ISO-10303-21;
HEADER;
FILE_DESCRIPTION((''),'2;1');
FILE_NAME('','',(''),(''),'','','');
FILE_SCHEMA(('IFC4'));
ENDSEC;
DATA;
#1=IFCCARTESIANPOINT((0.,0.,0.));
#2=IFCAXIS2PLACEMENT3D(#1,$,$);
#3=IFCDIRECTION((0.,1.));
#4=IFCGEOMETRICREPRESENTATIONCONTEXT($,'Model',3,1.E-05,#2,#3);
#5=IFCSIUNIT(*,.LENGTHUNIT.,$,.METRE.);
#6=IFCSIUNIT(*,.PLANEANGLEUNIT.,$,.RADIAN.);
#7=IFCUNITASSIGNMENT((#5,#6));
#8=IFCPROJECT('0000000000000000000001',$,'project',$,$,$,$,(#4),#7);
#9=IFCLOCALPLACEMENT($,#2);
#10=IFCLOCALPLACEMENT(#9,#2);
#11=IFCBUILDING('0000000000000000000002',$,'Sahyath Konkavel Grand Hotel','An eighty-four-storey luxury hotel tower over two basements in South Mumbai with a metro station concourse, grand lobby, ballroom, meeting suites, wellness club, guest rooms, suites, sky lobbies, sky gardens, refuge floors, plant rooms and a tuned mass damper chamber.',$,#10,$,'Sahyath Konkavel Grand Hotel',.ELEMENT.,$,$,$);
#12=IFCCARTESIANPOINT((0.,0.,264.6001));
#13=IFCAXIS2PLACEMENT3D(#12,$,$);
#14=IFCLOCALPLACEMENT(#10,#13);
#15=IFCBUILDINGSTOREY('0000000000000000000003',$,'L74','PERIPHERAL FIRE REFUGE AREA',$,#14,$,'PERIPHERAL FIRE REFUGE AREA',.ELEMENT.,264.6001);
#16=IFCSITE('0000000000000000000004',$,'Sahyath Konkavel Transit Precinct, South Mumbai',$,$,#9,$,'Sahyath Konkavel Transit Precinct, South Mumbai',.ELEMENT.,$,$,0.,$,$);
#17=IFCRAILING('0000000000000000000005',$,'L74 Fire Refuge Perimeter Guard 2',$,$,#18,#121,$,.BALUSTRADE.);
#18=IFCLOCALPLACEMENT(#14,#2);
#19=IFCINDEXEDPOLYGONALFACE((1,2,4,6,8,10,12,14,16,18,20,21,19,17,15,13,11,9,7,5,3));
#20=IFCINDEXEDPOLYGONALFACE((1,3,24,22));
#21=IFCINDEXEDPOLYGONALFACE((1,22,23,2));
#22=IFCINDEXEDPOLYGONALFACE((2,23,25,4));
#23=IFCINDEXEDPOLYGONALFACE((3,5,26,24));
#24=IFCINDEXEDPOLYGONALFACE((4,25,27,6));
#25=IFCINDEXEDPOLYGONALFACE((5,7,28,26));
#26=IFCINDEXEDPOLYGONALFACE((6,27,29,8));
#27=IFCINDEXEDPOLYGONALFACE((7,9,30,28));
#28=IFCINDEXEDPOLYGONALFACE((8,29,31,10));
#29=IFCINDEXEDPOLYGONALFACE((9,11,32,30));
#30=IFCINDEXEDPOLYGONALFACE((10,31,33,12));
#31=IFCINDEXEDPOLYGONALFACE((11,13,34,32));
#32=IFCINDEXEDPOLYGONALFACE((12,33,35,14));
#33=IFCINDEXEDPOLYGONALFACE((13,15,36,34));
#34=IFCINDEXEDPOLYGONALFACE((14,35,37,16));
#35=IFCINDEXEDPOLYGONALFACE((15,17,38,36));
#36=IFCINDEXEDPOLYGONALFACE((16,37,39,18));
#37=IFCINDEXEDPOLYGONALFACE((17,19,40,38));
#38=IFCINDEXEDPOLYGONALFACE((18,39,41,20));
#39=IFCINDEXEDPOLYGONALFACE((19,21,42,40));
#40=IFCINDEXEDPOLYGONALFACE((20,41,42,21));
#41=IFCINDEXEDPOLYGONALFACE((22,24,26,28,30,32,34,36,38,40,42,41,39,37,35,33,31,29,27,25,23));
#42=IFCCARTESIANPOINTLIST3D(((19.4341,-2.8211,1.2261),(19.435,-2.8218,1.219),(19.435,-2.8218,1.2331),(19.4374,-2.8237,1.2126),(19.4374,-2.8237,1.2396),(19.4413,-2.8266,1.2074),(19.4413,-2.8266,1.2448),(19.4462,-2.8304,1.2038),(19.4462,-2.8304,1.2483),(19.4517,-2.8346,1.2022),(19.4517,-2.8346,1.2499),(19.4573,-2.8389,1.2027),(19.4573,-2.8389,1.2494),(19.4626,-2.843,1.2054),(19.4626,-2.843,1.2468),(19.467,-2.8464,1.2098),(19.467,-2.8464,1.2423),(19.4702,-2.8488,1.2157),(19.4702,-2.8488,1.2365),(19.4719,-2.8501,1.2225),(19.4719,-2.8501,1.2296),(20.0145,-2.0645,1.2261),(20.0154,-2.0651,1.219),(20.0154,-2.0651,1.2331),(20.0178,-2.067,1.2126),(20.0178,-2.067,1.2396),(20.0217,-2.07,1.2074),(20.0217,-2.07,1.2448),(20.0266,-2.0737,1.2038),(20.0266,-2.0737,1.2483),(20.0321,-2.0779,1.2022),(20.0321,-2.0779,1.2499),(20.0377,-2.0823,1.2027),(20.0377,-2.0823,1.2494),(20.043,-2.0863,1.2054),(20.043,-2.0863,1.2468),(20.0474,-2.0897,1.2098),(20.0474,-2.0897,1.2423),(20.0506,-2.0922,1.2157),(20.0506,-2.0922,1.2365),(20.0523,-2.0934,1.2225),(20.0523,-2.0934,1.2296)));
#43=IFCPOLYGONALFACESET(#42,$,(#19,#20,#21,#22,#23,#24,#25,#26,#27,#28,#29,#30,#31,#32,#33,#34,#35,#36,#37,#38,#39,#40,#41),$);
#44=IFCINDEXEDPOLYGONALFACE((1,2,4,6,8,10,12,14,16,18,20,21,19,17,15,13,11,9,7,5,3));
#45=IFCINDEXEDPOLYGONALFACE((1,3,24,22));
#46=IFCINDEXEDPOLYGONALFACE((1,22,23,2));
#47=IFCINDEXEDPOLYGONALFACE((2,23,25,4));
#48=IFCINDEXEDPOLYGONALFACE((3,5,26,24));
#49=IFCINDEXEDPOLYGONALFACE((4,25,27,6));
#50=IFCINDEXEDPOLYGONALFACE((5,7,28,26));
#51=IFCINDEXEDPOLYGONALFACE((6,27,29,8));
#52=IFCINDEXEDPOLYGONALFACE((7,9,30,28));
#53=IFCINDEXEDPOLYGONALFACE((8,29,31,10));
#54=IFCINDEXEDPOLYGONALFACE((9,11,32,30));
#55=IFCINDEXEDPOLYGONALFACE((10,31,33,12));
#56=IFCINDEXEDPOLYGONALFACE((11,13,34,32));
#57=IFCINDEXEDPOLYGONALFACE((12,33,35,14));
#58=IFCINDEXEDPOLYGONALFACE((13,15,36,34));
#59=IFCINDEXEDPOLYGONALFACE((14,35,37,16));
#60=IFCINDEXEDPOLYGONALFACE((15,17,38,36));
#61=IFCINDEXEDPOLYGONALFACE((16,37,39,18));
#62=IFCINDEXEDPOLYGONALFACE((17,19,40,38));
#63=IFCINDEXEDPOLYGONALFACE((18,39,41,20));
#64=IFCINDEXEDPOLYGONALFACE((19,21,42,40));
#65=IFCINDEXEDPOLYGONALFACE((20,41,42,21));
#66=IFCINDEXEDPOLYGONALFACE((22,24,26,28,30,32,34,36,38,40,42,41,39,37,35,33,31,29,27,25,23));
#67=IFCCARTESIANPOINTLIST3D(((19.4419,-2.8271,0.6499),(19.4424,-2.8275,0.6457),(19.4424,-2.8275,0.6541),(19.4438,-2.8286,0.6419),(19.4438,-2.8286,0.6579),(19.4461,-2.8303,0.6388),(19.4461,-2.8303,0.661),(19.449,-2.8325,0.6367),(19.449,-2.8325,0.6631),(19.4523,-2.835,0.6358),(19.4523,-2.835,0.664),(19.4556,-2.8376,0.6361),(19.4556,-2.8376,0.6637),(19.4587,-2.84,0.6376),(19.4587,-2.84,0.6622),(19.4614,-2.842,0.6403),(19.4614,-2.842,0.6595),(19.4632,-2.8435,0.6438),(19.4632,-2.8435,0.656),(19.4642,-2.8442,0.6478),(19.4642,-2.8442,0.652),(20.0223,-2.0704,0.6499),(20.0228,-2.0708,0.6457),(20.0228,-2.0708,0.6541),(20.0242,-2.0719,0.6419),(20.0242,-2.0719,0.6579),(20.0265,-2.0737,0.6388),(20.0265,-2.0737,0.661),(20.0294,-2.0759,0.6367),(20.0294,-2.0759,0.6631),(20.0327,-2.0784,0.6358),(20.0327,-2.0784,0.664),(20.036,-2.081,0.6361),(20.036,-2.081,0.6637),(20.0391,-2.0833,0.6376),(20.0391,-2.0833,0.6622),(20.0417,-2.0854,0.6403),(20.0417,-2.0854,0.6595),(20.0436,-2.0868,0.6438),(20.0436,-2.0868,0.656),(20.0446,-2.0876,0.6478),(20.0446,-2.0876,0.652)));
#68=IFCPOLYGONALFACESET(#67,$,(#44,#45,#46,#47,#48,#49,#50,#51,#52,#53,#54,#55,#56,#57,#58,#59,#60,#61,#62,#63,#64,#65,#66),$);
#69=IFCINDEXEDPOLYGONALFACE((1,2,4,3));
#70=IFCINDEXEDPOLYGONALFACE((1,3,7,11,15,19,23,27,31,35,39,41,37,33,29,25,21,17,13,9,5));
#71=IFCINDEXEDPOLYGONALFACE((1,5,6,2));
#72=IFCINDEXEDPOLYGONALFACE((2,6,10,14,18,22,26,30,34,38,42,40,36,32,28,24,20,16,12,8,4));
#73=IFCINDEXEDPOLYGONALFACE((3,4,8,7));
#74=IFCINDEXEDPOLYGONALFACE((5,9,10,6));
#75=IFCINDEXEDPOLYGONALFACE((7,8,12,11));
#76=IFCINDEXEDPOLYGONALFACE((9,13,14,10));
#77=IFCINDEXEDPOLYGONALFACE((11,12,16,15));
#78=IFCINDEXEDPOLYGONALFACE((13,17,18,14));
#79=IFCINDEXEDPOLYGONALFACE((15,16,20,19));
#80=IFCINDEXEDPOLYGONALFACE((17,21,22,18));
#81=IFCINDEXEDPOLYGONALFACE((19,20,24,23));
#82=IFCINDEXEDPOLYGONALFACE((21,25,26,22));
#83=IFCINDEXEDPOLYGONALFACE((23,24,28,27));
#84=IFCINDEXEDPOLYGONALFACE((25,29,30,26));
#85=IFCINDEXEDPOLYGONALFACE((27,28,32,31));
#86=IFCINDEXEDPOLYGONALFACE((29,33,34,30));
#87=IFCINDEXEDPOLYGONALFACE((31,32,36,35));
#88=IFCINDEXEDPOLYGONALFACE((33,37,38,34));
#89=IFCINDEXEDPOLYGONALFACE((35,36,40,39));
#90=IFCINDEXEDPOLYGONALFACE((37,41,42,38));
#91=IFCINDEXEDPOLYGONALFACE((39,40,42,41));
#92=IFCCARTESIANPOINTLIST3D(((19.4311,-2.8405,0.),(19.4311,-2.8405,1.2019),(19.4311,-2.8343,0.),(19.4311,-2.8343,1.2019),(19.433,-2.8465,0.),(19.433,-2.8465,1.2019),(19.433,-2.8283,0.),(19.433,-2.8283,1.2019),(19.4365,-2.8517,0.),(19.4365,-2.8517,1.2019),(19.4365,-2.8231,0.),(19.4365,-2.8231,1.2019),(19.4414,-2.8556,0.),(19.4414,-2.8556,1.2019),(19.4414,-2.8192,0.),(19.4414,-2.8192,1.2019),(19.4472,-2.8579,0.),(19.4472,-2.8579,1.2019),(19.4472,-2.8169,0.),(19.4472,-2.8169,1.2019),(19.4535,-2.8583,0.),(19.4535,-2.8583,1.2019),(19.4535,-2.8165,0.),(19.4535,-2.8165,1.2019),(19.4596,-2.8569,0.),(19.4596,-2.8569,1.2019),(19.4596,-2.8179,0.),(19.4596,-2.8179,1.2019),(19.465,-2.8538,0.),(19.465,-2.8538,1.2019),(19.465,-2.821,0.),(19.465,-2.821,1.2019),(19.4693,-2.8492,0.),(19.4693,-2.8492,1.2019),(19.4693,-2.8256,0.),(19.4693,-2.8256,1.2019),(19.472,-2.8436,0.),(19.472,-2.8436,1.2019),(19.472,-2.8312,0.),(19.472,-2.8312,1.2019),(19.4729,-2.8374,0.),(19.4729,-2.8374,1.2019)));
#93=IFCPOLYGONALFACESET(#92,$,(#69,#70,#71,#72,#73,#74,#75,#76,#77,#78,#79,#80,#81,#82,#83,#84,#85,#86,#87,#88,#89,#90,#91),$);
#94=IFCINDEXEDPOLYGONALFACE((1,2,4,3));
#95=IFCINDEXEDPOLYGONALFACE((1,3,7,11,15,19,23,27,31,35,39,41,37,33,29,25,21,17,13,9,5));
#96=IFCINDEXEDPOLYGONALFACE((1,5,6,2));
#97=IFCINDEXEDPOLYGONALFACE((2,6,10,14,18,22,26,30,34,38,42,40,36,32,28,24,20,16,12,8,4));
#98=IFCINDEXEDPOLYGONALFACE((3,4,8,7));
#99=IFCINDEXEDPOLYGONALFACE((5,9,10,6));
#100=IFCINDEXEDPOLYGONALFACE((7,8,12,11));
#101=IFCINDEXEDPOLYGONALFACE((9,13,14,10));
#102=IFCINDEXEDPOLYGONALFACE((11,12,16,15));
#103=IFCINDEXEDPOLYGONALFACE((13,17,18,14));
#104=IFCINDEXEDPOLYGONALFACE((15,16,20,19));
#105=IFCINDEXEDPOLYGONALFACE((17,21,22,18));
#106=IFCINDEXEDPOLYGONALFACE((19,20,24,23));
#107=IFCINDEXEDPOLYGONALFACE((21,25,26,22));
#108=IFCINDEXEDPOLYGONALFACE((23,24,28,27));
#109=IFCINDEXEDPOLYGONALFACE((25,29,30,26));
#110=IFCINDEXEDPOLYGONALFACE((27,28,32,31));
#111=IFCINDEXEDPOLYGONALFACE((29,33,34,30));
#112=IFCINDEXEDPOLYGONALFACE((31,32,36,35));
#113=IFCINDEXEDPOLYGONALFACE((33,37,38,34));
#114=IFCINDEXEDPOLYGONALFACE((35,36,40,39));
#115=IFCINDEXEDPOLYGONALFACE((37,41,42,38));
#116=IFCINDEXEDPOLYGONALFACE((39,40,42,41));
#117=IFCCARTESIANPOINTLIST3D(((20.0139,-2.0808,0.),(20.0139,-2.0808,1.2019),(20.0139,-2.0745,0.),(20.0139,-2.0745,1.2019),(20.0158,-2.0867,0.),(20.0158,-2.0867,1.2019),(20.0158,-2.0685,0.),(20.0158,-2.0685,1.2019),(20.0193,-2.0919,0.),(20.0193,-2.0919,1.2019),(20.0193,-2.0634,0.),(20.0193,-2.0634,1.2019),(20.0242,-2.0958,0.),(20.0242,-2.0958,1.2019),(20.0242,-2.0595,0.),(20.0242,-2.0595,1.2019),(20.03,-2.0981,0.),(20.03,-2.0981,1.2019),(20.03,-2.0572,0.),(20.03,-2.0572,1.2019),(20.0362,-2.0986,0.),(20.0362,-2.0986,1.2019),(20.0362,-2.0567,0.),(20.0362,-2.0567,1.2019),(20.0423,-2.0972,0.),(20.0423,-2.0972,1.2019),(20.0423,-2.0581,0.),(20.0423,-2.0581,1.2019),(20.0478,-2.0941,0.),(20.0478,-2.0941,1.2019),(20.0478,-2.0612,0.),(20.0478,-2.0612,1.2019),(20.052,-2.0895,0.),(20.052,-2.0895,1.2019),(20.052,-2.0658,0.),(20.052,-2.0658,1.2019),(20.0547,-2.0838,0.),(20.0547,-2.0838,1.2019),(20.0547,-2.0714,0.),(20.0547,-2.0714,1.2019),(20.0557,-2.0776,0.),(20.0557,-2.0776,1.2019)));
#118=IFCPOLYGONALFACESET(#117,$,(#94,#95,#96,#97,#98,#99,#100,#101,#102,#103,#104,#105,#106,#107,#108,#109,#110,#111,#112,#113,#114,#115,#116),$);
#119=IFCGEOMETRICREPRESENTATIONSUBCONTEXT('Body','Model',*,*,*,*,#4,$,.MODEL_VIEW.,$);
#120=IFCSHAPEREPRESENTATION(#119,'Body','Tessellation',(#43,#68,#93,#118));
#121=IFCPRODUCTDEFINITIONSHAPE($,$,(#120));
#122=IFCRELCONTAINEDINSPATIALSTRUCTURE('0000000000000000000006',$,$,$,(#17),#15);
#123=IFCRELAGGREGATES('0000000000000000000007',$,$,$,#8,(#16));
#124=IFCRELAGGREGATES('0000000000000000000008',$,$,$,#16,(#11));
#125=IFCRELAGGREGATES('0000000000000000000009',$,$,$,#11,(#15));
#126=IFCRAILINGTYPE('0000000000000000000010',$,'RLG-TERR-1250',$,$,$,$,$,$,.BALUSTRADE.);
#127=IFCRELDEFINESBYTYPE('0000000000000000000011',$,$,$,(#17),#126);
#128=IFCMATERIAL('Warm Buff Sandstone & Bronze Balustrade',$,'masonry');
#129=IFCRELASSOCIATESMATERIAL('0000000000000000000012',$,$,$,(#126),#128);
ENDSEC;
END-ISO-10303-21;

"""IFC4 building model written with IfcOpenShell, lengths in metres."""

from ifc_helpers import new_model, si_unit, direction, frame, origin, origin_2d, place, context, subcontext, project, spatial, circle, extrude, material, type_object, element, save


model = new_model("IFC4")

# Units and contexts
model_context = context("Model", 3, precision=1e-05, world=origin(), true_north=direction((0.0, 1.0)))
body_context = subcontext(model_context, "Body", "Model", "MODEL_VIEW")
ifc_project = project(units=[si_unit("LENGTHUNIT", "METRE"), si_unit("PLANEANGLEUNIT", "RADIAN")], contexts=[model_context])

# Site, building, storey
site_placement = place(None, origin())
site = spatial("IfcSite", under=ifc_project, at=site_placement, Name="Sahyath Konkavel Transit Precinct, South Mumbai", LongName="Sahyath Konkavel Transit Precinct, South Mumbai", CompositionType="ELEMENT", RefElevation=0.0)
building_placement = place(site_placement, origin())
building = spatial("IfcBuilding", under=site, at=building_placement, Name="Sahyath Konkavel Grand Hotel", Description="An eighty-four-storey luxury hotel tower over two basements in South Mumbai with a metro station concourse, grand lobby, ballroom, meeting suites, wellness club, guest rooms, suites, sky lobbies, sky gardens, refuge floors, plant rooms and a tuned mass damper chamber.", LongName="Sahyath Konkavel Grand Hotel", CompositionType="ELEMENT")
storey_placement = place(building_placement, frame((0.0, 0.0, 264.6001)))
storey = spatial("IfcBuildingStorey", under=building, at=storey_placement, Name="L74", Description="PERIPHERAL FIRE REFUGE AREA", LongName="PERIPHERAL FIRE REFUGE AREA", CompositionType="ELEMENT", Elevation=264.6001)

# Railing
ifc_material_1 = material(Name="Warm Buff Sandstone & Bronze Balustrade", Category="masonry")
railing_type = type_object("IfcRailingType", Name="RLG-TERR-1250", PredefinedType="BALUSTRADE", material=ifc_material_1)
railing_1_placement = place(storey_placement, frame((19.4519, -2.8374, 0.0)))
element("IfcRailing", 1, at=railing_1_placement, inside=storey, type_object=railing_type, Name="L74 Fire Refuge Perimeter Guard 2", PredefinedType="BALUSTRADE", context=body_context, shape_type="SweptSolid", body=[
    extrude(circle(Radius=0.0239, at=origin_2d()), frame((0.0012, 0.0017, 1.2261), z_axis=(0.608614, 0.793467, 0.0), x_axis=(-0.793467, 0.608614, 0.0)), (0.0, 0.0, 1.0), 0.9536),
    extrude(circle(Radius=0.0142, at=origin_2d()), frame((0.0012, 0.0017, 0.6499), z_axis=(0.608614, 0.793467, 0.0), x_axis=(-0.793467, 0.608614, 0.0)), (0.0, 0.0, 1.0), 0.9536),
    extrude(circle(Radius=0.021, at=origin_2d()), origin(), (0.0, 0.0, 1.0), 1.2019),
    extrude(circle(Radius=0.021, at=origin_2d()), frame((0.5828, 0.7598, 0.0)), (0.0, 0.0, 1.0), 1.2019),
])

save(model, "model.ifc")
